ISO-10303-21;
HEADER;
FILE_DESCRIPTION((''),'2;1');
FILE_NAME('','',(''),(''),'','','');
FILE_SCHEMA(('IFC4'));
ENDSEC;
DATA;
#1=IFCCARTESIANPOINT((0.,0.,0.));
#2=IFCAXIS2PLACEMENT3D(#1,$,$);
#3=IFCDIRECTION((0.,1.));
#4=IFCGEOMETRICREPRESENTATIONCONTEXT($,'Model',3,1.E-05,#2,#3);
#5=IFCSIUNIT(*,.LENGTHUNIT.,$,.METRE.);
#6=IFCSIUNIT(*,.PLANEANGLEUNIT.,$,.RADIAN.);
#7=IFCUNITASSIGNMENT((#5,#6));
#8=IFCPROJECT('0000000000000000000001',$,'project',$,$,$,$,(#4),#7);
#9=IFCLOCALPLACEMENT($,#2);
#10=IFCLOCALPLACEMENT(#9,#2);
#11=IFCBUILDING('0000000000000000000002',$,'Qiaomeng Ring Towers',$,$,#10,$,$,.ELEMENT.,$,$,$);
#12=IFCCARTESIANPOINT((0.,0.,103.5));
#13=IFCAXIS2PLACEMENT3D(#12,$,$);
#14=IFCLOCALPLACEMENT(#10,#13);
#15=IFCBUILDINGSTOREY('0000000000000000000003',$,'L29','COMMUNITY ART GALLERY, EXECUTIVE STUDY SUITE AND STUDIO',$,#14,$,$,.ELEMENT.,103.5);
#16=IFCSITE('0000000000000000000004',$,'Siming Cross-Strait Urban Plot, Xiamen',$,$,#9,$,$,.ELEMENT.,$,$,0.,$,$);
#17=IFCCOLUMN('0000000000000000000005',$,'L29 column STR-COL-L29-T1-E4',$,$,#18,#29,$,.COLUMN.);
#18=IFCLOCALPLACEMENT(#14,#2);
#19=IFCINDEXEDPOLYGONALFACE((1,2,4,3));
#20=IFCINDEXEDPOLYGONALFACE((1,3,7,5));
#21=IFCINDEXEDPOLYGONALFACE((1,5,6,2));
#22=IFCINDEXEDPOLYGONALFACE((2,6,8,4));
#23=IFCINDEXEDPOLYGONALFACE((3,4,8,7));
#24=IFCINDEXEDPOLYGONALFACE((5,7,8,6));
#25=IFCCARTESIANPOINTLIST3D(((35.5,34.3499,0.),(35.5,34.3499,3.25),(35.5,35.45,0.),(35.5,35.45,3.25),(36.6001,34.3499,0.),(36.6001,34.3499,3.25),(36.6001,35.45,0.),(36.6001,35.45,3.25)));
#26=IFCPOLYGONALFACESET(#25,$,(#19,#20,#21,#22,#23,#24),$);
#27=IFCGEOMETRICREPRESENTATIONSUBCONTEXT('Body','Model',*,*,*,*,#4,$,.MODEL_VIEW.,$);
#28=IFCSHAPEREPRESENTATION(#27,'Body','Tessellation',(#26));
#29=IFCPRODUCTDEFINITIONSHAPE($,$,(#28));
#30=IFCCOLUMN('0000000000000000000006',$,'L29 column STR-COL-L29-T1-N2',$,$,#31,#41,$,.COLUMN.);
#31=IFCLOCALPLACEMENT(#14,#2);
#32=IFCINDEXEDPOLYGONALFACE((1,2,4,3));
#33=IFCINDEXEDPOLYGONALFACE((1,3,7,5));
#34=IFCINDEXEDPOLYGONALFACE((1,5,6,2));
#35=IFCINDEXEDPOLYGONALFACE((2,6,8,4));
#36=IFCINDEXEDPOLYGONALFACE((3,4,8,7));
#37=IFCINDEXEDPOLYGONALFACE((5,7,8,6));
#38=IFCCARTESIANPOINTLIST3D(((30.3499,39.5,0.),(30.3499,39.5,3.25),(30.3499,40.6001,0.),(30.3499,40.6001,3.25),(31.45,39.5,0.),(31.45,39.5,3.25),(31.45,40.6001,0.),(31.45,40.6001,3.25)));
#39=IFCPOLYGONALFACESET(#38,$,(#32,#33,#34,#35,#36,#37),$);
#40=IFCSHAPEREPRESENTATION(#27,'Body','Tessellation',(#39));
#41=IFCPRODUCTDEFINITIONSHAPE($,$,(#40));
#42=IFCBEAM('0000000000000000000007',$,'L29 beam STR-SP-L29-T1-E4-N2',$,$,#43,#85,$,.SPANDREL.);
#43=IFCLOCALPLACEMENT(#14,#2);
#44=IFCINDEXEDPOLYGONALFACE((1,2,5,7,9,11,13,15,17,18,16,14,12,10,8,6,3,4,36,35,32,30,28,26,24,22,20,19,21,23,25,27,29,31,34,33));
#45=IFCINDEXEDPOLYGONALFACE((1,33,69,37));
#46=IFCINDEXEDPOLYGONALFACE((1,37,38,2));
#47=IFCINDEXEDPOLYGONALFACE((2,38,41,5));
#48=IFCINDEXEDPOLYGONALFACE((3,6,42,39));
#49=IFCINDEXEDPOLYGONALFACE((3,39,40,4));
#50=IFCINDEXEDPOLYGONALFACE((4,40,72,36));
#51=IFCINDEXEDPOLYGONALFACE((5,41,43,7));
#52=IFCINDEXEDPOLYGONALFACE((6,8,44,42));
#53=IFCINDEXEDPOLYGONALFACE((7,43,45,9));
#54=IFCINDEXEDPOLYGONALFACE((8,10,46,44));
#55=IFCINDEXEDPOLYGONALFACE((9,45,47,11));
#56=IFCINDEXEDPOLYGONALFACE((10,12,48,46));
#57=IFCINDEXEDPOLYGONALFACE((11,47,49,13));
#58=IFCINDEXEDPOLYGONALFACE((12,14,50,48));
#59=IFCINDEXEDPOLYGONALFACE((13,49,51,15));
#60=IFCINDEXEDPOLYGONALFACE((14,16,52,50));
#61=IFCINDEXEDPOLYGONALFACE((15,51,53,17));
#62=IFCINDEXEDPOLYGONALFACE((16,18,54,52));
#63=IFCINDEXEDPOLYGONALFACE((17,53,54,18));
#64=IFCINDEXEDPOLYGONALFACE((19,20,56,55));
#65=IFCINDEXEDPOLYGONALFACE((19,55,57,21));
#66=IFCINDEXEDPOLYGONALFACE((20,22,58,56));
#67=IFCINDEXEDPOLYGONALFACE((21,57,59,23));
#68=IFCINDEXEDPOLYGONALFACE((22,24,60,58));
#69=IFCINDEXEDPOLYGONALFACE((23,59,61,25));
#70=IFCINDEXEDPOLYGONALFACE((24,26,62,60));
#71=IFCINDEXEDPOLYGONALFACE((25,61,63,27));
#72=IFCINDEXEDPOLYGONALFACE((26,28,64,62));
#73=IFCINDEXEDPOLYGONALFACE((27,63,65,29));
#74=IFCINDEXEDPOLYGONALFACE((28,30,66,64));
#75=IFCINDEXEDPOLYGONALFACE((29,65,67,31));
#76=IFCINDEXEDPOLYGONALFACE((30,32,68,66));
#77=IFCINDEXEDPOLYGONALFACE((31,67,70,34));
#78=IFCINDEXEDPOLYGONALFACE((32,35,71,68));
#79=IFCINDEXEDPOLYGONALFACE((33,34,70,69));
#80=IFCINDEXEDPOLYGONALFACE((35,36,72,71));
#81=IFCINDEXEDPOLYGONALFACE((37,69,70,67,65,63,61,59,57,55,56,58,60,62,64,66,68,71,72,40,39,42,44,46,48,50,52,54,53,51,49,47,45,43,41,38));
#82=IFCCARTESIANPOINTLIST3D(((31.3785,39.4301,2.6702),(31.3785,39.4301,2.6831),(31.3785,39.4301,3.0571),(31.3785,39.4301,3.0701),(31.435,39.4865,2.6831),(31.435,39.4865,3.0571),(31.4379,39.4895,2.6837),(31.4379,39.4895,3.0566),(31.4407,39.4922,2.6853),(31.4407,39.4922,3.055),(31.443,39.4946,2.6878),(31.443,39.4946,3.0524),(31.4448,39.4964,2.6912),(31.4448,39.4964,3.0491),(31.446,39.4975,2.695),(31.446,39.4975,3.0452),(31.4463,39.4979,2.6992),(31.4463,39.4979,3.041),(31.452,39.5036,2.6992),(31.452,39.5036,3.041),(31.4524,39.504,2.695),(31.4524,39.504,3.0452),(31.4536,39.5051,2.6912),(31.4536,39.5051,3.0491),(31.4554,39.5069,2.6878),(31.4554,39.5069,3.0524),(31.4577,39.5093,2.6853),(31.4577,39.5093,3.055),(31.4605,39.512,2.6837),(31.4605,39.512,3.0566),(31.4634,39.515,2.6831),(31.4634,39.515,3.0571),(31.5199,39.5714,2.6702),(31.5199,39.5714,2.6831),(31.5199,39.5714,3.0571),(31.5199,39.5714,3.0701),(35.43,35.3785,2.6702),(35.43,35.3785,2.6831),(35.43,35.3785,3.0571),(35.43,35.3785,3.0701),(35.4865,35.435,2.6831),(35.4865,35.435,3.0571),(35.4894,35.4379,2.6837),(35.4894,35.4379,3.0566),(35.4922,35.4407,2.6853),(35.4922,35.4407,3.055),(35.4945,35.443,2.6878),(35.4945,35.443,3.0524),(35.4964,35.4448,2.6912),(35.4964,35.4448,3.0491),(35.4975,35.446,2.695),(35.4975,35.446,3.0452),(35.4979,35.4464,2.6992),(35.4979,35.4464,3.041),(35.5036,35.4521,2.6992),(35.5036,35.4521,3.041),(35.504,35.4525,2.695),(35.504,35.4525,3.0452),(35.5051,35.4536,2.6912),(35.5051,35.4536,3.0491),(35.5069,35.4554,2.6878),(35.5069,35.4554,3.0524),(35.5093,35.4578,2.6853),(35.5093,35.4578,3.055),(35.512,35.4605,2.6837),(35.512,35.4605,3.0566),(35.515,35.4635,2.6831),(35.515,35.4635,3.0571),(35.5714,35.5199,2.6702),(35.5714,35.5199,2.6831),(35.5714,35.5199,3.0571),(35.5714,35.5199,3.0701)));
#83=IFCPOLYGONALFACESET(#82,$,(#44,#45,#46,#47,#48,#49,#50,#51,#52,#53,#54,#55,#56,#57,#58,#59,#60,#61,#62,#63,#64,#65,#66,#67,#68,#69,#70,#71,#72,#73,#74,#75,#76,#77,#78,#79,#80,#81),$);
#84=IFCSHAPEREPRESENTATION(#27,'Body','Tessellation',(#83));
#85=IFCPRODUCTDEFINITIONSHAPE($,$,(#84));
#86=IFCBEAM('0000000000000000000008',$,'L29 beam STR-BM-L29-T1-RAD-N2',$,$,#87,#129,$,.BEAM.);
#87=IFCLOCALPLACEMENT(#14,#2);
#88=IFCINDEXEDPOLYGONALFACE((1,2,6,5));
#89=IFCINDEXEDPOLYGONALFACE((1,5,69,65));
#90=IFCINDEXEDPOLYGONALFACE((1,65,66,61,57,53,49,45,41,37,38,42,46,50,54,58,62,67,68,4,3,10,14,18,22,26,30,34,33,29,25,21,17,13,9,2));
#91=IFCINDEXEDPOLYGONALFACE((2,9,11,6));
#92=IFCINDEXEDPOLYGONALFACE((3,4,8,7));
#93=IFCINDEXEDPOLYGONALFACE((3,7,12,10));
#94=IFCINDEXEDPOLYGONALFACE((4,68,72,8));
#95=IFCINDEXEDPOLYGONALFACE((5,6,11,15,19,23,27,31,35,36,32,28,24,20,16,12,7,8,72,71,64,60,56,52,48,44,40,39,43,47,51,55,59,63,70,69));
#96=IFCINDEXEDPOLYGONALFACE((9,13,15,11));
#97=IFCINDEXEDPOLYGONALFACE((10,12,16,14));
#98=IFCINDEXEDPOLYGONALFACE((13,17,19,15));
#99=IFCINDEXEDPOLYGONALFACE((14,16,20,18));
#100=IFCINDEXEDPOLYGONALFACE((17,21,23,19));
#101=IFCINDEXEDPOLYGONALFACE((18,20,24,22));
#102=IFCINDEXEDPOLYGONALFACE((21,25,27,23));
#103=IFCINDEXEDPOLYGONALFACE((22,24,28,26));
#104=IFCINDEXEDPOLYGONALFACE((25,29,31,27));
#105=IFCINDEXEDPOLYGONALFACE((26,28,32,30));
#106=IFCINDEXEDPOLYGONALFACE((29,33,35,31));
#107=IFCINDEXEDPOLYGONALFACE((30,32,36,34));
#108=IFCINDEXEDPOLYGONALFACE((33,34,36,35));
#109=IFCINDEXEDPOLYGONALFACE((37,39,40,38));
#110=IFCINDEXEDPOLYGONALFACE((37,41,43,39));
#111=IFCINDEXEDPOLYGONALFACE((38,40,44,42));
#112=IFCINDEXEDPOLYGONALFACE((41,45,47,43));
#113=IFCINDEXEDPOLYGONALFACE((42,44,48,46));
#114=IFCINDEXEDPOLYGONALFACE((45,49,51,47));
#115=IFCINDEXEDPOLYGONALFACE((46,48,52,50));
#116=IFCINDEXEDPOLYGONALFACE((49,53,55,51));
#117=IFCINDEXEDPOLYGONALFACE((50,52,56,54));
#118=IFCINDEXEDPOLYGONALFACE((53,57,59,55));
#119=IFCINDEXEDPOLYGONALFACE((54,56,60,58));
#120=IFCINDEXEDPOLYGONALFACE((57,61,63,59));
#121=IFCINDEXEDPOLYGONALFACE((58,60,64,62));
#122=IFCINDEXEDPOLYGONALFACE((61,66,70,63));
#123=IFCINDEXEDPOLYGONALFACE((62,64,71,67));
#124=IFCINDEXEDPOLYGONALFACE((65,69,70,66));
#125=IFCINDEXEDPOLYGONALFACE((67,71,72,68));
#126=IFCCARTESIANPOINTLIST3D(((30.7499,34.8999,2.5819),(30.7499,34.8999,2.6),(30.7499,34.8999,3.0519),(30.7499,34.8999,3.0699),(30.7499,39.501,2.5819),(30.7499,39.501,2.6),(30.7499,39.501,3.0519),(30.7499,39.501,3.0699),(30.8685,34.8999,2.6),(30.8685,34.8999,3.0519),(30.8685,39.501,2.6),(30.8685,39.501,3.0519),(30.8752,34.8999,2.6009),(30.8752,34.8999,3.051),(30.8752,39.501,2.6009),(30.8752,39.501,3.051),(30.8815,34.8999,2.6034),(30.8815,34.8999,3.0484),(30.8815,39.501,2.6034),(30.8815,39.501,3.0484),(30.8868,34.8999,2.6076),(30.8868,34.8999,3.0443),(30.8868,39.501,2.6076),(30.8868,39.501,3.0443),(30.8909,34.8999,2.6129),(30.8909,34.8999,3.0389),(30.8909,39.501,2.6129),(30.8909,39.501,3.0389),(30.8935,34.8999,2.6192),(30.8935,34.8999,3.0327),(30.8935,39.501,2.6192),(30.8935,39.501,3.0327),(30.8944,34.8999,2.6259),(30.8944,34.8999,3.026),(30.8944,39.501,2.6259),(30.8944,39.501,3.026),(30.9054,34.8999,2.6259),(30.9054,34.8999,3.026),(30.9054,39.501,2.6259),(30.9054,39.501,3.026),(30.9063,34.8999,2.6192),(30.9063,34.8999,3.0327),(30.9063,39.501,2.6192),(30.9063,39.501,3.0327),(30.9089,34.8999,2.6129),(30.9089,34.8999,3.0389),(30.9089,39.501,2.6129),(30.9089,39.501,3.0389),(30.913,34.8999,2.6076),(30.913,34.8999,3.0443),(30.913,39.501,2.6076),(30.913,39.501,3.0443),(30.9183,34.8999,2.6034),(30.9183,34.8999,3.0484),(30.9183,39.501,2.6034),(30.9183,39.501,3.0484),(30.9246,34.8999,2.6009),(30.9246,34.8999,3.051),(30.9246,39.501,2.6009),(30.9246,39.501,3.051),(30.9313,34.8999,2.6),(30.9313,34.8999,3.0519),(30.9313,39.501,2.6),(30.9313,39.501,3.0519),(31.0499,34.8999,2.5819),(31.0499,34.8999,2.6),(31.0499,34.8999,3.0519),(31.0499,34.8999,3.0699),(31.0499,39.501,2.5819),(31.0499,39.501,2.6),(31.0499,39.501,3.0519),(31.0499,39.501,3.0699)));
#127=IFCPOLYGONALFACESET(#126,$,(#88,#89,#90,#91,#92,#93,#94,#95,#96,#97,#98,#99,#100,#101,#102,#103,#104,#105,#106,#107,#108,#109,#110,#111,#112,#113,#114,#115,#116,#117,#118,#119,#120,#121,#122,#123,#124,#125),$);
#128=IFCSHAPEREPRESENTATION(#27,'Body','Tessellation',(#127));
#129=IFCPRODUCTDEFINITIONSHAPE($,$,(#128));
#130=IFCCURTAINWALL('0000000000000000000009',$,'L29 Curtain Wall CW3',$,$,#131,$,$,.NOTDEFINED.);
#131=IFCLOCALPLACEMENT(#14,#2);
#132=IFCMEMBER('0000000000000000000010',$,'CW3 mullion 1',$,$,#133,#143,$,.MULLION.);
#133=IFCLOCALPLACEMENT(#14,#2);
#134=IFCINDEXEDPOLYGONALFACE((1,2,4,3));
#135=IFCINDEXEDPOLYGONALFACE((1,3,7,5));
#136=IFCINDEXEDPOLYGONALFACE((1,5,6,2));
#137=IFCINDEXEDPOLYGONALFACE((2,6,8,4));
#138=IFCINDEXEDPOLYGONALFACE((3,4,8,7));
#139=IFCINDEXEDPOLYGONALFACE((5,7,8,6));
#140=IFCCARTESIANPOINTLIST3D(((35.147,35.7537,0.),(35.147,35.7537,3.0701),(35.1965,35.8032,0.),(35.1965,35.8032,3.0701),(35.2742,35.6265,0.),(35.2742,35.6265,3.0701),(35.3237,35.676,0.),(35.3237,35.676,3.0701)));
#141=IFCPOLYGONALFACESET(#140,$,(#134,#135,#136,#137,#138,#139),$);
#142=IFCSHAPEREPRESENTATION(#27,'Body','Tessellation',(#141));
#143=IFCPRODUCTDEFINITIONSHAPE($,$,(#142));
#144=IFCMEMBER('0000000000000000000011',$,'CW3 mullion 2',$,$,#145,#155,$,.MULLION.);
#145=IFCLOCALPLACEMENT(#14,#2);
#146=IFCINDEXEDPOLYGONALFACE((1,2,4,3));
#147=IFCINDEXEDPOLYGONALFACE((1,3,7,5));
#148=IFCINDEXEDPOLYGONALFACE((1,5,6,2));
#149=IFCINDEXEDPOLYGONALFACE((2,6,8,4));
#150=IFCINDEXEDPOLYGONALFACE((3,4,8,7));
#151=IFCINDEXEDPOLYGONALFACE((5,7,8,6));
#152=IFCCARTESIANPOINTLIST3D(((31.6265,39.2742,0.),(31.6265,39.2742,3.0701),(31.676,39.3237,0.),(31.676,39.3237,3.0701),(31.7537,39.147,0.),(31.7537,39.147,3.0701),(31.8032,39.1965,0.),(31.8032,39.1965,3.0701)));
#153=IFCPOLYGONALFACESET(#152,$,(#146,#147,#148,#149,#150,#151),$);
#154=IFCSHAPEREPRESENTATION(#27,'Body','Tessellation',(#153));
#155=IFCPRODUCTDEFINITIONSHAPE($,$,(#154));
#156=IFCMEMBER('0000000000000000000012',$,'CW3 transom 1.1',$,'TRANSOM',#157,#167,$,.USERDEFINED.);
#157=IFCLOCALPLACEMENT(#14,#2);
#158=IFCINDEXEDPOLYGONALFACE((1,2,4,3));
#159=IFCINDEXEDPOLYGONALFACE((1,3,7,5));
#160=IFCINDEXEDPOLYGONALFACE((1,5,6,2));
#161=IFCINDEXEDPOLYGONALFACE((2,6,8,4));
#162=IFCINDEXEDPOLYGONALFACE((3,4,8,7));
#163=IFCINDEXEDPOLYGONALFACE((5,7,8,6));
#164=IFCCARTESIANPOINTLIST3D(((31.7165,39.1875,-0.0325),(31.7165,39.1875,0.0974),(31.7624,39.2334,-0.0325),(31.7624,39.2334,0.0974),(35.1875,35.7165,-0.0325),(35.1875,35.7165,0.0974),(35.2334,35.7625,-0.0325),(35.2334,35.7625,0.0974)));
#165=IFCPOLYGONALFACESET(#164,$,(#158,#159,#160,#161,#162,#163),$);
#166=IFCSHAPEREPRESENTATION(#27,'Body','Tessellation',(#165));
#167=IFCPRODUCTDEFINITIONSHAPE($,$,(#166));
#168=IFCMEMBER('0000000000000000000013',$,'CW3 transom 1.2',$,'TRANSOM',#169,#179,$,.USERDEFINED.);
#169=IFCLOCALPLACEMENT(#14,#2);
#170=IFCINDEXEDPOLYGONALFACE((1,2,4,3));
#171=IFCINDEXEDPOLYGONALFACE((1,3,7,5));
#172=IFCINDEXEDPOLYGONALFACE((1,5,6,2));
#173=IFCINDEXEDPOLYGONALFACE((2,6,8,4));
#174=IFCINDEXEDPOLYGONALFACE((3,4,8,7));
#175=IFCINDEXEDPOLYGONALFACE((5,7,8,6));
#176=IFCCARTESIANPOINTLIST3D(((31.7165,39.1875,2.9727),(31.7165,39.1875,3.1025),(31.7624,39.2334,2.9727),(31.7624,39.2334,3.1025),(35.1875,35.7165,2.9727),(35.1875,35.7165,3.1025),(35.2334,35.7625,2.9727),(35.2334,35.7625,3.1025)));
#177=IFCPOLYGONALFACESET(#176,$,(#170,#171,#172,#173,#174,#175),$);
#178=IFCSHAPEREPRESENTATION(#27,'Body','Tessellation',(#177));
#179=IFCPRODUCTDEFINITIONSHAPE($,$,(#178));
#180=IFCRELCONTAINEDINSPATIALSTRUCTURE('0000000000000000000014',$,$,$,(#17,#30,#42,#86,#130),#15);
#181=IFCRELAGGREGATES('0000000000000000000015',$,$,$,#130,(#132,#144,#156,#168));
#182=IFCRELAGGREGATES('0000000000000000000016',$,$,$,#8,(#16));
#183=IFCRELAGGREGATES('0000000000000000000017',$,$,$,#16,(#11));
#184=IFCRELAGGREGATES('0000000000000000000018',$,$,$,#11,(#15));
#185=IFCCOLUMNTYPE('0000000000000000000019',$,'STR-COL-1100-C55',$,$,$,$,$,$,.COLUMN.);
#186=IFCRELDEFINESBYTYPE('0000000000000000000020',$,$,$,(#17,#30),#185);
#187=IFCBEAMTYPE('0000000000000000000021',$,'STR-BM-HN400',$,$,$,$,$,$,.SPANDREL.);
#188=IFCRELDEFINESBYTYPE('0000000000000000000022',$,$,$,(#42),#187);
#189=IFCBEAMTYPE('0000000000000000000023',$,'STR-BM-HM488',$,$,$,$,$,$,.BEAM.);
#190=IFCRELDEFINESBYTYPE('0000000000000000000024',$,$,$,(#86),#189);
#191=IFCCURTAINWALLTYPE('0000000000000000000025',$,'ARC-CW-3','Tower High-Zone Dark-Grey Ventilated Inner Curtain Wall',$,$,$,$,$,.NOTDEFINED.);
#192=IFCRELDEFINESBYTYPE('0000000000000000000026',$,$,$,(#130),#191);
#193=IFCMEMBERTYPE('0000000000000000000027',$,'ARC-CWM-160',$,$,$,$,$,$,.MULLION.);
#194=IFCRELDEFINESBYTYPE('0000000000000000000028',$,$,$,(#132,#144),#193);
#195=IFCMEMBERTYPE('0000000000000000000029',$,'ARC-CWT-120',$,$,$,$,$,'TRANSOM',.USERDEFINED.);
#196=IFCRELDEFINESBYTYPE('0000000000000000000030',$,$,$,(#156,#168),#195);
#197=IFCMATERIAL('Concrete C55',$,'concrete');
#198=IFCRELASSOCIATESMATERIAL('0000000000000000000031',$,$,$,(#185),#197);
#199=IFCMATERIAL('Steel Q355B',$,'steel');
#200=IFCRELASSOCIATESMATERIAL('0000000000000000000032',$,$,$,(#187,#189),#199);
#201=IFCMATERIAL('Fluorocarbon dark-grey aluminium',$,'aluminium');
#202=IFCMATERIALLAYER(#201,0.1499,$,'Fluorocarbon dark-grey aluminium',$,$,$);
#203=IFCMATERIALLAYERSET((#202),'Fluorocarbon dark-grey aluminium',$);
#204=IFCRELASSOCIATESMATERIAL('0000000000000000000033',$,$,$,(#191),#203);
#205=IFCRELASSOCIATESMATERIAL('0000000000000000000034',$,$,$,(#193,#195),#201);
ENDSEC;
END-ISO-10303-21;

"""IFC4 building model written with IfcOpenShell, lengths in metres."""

from ifc_helpers import new_model, si_unit, direction, frame, origin, origin_2d, place, context, subcontext, project, spatial, rectangle, i_section, extrude, source, transform, mapped, material, layer, layer_set, material_profile, profile_set, type_object, element, aggregate, save


model = new_model("IFC4")

# Units and contexts
model_context = context("Model", 3, precision=1e-05, world=origin(), true_north=direction((0.0, 1.0)))
body_context = subcontext(model_context, "Body", "Model", "MODEL_VIEW")
ifc_project = project(units=[si_unit("LENGTHUNIT", "METRE"), si_unit("PLANEANGLEUNIT", "RADIAN")], contexts=[model_context])

# Site, building, storey
site_placement = place(None, origin())
site = spatial("IfcSite", under=ifc_project, at=site_placement, Name="Siming Cross-Strait Urban Plot, Xiamen", CompositionType="ELEMENT", RefElevation=0.0)
building_placement = place(site_placement, origin())
building = spatial("IfcBuilding", under=site, at=building_placement, Name="Qiaomeng Ring Towers", CompositionType="ELEMENT")
storey_placement = place(building_placement, frame((0.0, 0.0, 103.5)))
storey = spatial("IfcBuildingStorey", under=building, at=storey_placement, Name="L29", Description="COMMUNITY ART GALLERY, EXECUTIVE STUDY SUITE AND STUDIO", CompositionType="ELEMENT", Elevation=103.5)

# Columns
ifc_material_1 = material(Name="Concrete C55", Category="concrete")
ifc_material_profile_1 = material_profile(ifc_material_1, rectangle(XDim=1.1001, YDim=1.1001, at=origin_2d()), Name="RC COL 1100x1100")
ifc_profile_set_1 = profile_set([ifc_material_profile_1], Name="Concrete C55")
column_type = type_object("IfcColumnType", Name="STR-COL-1100-C55", PredefinedType="COLUMN", material=ifc_profile_set_1)
shared_shape_1 = source(origin(), body_context, "Body", "SweptSolid", [
    extrude(rectangle(XDim=1.1001, YDim=1.1001, at=origin_2d()), origin(), (0.0, 0.0, 1.0), 3.25),
])
for number, where, z_axis, x_axis, name in (
    (1, (36.05, 34.8999, 0.0), (0.0, 0.0, 1.0), (1.0, 0.0, 0.0), "L29 column STR-COL-L29-T1-E4"),
    (2, (30.8999, 40.05, 0.0), (0.0, 0.0, 1.0), (1.0, 0.0, 0.0), "L29 column STR-COL-L29-T1-N2"),
):
    element("IfcColumn", number, at=place(storey_placement, frame(where, z_axis=z_axis, x_axis=x_axis)), inside=storey, type_object=column_type, Name=name, PredefinedType="COLUMN", context=body_context, shape_type="MappedRepresentation", body=[
        mapped(shared_shape_1, transform((0.0, 0.0, 0.0), x_axis=(1.0, 0.0, 0.0), y_axis=(0.0, 1.0, 0.0), z_axis=(0.0, 0.0, 1.0), scale=1.0)),
    ])

# Beams
ifc_material_2 = material(Name="Steel Q355B", Category="steel")
ifc_material_profile_2 = material_profile(ifc_material_2, i_section(OverallWidth=0.2, OverallDepth=0.3999, WebThickness=0.0081, FlangeThickness=0.0129, FilletRadius=0.0161, at=origin_2d()), Name="HN 400x200x8x13")
ifc_profile_set_2 = profile_set([ifc_material_profile_2], Name="Steel Q355B")
beam_type_1 = type_object("IfcBeamType", Name="STR-BM-HN400", PredefinedType="SPANDREL", material=ifc_profile_set_2)
shared_shape_2 = source(origin(), body_context, "Body", "SweptSolid", [
    extrude(i_section(OverallWidth=0.2, OverallDepth=0.3999, WebThickness=0.0081, FlangeThickness=0.0129, FilletRadius=0.0161, at=origin_2d()), origin(), (0.0, 0.0, 1.0), 5.7297),
])
beam_1_placement = place(storey_placement, frame((35.5007, 35.4492, 2.8701), z_axis=(-0.707107, 0.707107, 0.0), x_axis=(-0.707107, -0.707107, 0.0)))
element("IfcBeam", 3, at=beam_1_placement, inside=storey, type_object=beam_type_1, Name="L29 beam STR-SP-L29-T1-E4-N2", PredefinedType="SPANDREL", context=body_context, shape_type="MappedRepresentation", body=[
    mapped(shared_shape_2, transform((0.0, 0.0, 0.0), x_axis=(1.0, 0.0, 0.0), y_axis=(0.0, 1.0, 0.0), z_axis=(0.0, 0.0, 1.0), scale=1.0)),
])
ifc_material_profile_3 = material_profile(ifc_material_2, i_section(OverallWidth=0.3, OverallDepth=0.488, WebThickness=0.011, FlangeThickness=0.0181, FilletRadius=0.0259, at=origin_2d()), Name="HM 488x300x11x18")
ifc_profile_set_3 = profile_set([ifc_material_profile_3], Name="Steel Q355B")
beam_type_2 = type_object("IfcBeamType", Name="STR-BM-HM488", PredefinedType="BEAM", material=ifc_profile_set_3)
shared_shape_3 = source(origin(), body_context, "Body", "SweptSolid", [
    extrude(i_section(OverallWidth=0.3, OverallDepth=0.488, WebThickness=0.011, FlangeThickness=0.0181, FilletRadius=0.0259, at=origin_2d()), origin(), (0.0, 0.0, 1.0), 4.6011),
])
beam_2_placement = place(storey_placement, frame((30.8999, 39.501, 2.8259), z_axis=(0.0, -1.0, 0.0), x_axis=(1.0, 0.0, 0.0)))
element("IfcBeam", 4, at=beam_2_placement, inside=storey, type_object=beam_type_2, Name="L29 beam STR-BM-L29-T1-RAD-N2", PredefinedType="BEAM", context=body_context, shape_type="MappedRepresentation", body=[
    mapped(shared_shape_3, transform((0.0, 0.0, 0.0), x_axis=(1.0, 0.0, 0.0), y_axis=(0.0, 1.0, 0.0), z_axis=(0.0, 0.0, 1.0), scale=1.0)),
])

# Curtain wall, members
ifc_material_3 = material(Name="Fluorocarbon dark-grey aluminium", Category="aluminium")
ifc_layer_1 = layer(ifc_material_3, 0.1499, Name="Fluorocarbon dark-grey aluminium")
ifc_layer_set_1 = layer_set([ifc_layer_1], Name="Fluorocarbon dark-grey aluminium")
curtain_wall_type = type_object("IfcCurtainWallType", Name="ARC-CW-3", Description="Tower High-Zone Dark-Grey Ventilated Inner Curtain Wall", PredefinedType="NOTDEFINED", material=ifc_layer_set_1)
curtain_wall_placement = place(storey_placement, origin())
curtain_wall = element("IfcCurtainWall", 5, at=curtain_wall_placement, inside=storey, type_object=curtain_wall_type, Name="L29 Curtain Wall CW3", PredefinedType="NOTDEFINED")
ifc_material_profile_4 = material_profile(ifc_material_3, rectangle(XDim=0.0701, YDim=0.1799, at=origin_2d()), Name="ALU MULL 70x180")
ifc_profile_set_4 = profile_set([ifc_material_profile_4], Name="Fluorocarbon dark-grey aluminium")
member_type_1 = type_object("IfcMemberType", Name="ARC-CWM-160", PredefinedType="MULLION", material=ifc_profile_set_4)
shared_shape_4 = source(origin(), body_context, "Body", "SweptSolid", [
    extrude(rectangle(XDim=0.0701, YDim=0.1799, at=origin_2d()), origin(), (0.0, 0.0, 1.0), 3.0701),
])
member_1_placement = place(storey_placement, frame((35.2354, 35.7148, 0.0), z_axis=(0.0, 0.0, 1.0), x_axis=(-0.707107, -0.707107, 0.0)))
member_1 = element("IfcMember", 6, at=member_1_placement, type_object=member_type_1, Name="CW3 mullion 1", PredefinedType="MULLION", context=body_context, shape_type="MappedRepresentation", body=[
    mapped(shared_shape_4, transform((0.0, 0.0, 0.0), x_axis=(1.0, 0.0, 0.0), y_axis=(0.0, 1.0, 0.0), z_axis=(0.0, 0.0, 1.0), scale=1.0)),
])
member_2_placement = place(storey_placement, frame((31.7148, 39.2354, 0.0), z_axis=(0.0, 0.0, 1.0), x_axis=(-0.707107, -0.707107, 0.0)))
member_2 = element("IfcMember", 7, at=member_2_placement, type_object=member_type_1, Name="CW3 mullion 2", PredefinedType="MULLION", context=body_context, shape_type="MappedRepresentation", body=[
    mapped(shared_shape_4, transform((0.0, 0.0, 0.0), x_axis=(1.0, 0.0, 0.0), y_axis=(0.0, 1.0, 0.0), z_axis=(0.0, 0.0, 1.0), scale=1.0)),
])
ifc_material_profile_5 = material_profile(ifc_material_3, rectangle(XDim=0.0649, YDim=0.1299, at=origin_2d()), Name="ALU TRAN 65x130")
ifc_profile_set_5 = profile_set([ifc_material_profile_5], Name="Fluorocarbon dark-grey aluminium")
member_type_2 = type_object("IfcMemberType", Name="ARC-CWT-120", ElementType="TRANSOM", PredefinedType="USERDEFINED", material=ifc_profile_set_5)
shared_shape_5 = source(origin(), body_context, "Body", "SweptSolid", [
    extrude(rectangle(XDim=0.0649, YDim=0.1299, at=origin_2d()), origin(), (0.0, 0.0, 1.0), 4.9087),
])
member_3_placement = place(storey_placement, frame((35.2104, 35.7395, 0.0325), z_axis=(-0.707107, 0.707107, 0.0), x_axis=(-0.707107, -0.707107, 0.0)))
member_3 = element("IfcMember", 8, at=member_3_placement, type_object=member_type_2, Name="CW3 transom 1.1", ObjectType="TRANSOM", PredefinedType="USERDEFINED", context=body_context, shape_type="MappedRepresentation", body=[
    mapped(shared_shape_5, transform((0.0, 0.0, 0.0), x_axis=(1.0, 0.0, 0.0), y_axis=(0.0, 1.0, 0.0), z_axis=(0.0, 0.0, 1.0), scale=1.0)),
])
member_4_placement = place(storey_placement, frame((35.2104, 35.7395, 3.0376), z_axis=(-0.707107, 0.707107, 0.0), x_axis=(-0.707107, -0.707107, 0.0)))
member_4 = element("IfcMember", 9, at=member_4_placement, type_object=member_type_2, Name="CW3 transom 1.2", ObjectType="TRANSOM", PredefinedType="USERDEFINED", context=body_context, shape_type="MappedRepresentation", body=[
    mapped(shared_shape_5, transform((0.0, 0.0, 0.0), x_axis=(1.0, 0.0, 0.0), y_axis=(0.0, 1.0, 0.0), z_axis=(0.0, 0.0, 1.0), scale=1.0)),
])
aggregate(curtain_wall, [member_1, member_2, member_3, member_4])

save(model, "model.ifc")
